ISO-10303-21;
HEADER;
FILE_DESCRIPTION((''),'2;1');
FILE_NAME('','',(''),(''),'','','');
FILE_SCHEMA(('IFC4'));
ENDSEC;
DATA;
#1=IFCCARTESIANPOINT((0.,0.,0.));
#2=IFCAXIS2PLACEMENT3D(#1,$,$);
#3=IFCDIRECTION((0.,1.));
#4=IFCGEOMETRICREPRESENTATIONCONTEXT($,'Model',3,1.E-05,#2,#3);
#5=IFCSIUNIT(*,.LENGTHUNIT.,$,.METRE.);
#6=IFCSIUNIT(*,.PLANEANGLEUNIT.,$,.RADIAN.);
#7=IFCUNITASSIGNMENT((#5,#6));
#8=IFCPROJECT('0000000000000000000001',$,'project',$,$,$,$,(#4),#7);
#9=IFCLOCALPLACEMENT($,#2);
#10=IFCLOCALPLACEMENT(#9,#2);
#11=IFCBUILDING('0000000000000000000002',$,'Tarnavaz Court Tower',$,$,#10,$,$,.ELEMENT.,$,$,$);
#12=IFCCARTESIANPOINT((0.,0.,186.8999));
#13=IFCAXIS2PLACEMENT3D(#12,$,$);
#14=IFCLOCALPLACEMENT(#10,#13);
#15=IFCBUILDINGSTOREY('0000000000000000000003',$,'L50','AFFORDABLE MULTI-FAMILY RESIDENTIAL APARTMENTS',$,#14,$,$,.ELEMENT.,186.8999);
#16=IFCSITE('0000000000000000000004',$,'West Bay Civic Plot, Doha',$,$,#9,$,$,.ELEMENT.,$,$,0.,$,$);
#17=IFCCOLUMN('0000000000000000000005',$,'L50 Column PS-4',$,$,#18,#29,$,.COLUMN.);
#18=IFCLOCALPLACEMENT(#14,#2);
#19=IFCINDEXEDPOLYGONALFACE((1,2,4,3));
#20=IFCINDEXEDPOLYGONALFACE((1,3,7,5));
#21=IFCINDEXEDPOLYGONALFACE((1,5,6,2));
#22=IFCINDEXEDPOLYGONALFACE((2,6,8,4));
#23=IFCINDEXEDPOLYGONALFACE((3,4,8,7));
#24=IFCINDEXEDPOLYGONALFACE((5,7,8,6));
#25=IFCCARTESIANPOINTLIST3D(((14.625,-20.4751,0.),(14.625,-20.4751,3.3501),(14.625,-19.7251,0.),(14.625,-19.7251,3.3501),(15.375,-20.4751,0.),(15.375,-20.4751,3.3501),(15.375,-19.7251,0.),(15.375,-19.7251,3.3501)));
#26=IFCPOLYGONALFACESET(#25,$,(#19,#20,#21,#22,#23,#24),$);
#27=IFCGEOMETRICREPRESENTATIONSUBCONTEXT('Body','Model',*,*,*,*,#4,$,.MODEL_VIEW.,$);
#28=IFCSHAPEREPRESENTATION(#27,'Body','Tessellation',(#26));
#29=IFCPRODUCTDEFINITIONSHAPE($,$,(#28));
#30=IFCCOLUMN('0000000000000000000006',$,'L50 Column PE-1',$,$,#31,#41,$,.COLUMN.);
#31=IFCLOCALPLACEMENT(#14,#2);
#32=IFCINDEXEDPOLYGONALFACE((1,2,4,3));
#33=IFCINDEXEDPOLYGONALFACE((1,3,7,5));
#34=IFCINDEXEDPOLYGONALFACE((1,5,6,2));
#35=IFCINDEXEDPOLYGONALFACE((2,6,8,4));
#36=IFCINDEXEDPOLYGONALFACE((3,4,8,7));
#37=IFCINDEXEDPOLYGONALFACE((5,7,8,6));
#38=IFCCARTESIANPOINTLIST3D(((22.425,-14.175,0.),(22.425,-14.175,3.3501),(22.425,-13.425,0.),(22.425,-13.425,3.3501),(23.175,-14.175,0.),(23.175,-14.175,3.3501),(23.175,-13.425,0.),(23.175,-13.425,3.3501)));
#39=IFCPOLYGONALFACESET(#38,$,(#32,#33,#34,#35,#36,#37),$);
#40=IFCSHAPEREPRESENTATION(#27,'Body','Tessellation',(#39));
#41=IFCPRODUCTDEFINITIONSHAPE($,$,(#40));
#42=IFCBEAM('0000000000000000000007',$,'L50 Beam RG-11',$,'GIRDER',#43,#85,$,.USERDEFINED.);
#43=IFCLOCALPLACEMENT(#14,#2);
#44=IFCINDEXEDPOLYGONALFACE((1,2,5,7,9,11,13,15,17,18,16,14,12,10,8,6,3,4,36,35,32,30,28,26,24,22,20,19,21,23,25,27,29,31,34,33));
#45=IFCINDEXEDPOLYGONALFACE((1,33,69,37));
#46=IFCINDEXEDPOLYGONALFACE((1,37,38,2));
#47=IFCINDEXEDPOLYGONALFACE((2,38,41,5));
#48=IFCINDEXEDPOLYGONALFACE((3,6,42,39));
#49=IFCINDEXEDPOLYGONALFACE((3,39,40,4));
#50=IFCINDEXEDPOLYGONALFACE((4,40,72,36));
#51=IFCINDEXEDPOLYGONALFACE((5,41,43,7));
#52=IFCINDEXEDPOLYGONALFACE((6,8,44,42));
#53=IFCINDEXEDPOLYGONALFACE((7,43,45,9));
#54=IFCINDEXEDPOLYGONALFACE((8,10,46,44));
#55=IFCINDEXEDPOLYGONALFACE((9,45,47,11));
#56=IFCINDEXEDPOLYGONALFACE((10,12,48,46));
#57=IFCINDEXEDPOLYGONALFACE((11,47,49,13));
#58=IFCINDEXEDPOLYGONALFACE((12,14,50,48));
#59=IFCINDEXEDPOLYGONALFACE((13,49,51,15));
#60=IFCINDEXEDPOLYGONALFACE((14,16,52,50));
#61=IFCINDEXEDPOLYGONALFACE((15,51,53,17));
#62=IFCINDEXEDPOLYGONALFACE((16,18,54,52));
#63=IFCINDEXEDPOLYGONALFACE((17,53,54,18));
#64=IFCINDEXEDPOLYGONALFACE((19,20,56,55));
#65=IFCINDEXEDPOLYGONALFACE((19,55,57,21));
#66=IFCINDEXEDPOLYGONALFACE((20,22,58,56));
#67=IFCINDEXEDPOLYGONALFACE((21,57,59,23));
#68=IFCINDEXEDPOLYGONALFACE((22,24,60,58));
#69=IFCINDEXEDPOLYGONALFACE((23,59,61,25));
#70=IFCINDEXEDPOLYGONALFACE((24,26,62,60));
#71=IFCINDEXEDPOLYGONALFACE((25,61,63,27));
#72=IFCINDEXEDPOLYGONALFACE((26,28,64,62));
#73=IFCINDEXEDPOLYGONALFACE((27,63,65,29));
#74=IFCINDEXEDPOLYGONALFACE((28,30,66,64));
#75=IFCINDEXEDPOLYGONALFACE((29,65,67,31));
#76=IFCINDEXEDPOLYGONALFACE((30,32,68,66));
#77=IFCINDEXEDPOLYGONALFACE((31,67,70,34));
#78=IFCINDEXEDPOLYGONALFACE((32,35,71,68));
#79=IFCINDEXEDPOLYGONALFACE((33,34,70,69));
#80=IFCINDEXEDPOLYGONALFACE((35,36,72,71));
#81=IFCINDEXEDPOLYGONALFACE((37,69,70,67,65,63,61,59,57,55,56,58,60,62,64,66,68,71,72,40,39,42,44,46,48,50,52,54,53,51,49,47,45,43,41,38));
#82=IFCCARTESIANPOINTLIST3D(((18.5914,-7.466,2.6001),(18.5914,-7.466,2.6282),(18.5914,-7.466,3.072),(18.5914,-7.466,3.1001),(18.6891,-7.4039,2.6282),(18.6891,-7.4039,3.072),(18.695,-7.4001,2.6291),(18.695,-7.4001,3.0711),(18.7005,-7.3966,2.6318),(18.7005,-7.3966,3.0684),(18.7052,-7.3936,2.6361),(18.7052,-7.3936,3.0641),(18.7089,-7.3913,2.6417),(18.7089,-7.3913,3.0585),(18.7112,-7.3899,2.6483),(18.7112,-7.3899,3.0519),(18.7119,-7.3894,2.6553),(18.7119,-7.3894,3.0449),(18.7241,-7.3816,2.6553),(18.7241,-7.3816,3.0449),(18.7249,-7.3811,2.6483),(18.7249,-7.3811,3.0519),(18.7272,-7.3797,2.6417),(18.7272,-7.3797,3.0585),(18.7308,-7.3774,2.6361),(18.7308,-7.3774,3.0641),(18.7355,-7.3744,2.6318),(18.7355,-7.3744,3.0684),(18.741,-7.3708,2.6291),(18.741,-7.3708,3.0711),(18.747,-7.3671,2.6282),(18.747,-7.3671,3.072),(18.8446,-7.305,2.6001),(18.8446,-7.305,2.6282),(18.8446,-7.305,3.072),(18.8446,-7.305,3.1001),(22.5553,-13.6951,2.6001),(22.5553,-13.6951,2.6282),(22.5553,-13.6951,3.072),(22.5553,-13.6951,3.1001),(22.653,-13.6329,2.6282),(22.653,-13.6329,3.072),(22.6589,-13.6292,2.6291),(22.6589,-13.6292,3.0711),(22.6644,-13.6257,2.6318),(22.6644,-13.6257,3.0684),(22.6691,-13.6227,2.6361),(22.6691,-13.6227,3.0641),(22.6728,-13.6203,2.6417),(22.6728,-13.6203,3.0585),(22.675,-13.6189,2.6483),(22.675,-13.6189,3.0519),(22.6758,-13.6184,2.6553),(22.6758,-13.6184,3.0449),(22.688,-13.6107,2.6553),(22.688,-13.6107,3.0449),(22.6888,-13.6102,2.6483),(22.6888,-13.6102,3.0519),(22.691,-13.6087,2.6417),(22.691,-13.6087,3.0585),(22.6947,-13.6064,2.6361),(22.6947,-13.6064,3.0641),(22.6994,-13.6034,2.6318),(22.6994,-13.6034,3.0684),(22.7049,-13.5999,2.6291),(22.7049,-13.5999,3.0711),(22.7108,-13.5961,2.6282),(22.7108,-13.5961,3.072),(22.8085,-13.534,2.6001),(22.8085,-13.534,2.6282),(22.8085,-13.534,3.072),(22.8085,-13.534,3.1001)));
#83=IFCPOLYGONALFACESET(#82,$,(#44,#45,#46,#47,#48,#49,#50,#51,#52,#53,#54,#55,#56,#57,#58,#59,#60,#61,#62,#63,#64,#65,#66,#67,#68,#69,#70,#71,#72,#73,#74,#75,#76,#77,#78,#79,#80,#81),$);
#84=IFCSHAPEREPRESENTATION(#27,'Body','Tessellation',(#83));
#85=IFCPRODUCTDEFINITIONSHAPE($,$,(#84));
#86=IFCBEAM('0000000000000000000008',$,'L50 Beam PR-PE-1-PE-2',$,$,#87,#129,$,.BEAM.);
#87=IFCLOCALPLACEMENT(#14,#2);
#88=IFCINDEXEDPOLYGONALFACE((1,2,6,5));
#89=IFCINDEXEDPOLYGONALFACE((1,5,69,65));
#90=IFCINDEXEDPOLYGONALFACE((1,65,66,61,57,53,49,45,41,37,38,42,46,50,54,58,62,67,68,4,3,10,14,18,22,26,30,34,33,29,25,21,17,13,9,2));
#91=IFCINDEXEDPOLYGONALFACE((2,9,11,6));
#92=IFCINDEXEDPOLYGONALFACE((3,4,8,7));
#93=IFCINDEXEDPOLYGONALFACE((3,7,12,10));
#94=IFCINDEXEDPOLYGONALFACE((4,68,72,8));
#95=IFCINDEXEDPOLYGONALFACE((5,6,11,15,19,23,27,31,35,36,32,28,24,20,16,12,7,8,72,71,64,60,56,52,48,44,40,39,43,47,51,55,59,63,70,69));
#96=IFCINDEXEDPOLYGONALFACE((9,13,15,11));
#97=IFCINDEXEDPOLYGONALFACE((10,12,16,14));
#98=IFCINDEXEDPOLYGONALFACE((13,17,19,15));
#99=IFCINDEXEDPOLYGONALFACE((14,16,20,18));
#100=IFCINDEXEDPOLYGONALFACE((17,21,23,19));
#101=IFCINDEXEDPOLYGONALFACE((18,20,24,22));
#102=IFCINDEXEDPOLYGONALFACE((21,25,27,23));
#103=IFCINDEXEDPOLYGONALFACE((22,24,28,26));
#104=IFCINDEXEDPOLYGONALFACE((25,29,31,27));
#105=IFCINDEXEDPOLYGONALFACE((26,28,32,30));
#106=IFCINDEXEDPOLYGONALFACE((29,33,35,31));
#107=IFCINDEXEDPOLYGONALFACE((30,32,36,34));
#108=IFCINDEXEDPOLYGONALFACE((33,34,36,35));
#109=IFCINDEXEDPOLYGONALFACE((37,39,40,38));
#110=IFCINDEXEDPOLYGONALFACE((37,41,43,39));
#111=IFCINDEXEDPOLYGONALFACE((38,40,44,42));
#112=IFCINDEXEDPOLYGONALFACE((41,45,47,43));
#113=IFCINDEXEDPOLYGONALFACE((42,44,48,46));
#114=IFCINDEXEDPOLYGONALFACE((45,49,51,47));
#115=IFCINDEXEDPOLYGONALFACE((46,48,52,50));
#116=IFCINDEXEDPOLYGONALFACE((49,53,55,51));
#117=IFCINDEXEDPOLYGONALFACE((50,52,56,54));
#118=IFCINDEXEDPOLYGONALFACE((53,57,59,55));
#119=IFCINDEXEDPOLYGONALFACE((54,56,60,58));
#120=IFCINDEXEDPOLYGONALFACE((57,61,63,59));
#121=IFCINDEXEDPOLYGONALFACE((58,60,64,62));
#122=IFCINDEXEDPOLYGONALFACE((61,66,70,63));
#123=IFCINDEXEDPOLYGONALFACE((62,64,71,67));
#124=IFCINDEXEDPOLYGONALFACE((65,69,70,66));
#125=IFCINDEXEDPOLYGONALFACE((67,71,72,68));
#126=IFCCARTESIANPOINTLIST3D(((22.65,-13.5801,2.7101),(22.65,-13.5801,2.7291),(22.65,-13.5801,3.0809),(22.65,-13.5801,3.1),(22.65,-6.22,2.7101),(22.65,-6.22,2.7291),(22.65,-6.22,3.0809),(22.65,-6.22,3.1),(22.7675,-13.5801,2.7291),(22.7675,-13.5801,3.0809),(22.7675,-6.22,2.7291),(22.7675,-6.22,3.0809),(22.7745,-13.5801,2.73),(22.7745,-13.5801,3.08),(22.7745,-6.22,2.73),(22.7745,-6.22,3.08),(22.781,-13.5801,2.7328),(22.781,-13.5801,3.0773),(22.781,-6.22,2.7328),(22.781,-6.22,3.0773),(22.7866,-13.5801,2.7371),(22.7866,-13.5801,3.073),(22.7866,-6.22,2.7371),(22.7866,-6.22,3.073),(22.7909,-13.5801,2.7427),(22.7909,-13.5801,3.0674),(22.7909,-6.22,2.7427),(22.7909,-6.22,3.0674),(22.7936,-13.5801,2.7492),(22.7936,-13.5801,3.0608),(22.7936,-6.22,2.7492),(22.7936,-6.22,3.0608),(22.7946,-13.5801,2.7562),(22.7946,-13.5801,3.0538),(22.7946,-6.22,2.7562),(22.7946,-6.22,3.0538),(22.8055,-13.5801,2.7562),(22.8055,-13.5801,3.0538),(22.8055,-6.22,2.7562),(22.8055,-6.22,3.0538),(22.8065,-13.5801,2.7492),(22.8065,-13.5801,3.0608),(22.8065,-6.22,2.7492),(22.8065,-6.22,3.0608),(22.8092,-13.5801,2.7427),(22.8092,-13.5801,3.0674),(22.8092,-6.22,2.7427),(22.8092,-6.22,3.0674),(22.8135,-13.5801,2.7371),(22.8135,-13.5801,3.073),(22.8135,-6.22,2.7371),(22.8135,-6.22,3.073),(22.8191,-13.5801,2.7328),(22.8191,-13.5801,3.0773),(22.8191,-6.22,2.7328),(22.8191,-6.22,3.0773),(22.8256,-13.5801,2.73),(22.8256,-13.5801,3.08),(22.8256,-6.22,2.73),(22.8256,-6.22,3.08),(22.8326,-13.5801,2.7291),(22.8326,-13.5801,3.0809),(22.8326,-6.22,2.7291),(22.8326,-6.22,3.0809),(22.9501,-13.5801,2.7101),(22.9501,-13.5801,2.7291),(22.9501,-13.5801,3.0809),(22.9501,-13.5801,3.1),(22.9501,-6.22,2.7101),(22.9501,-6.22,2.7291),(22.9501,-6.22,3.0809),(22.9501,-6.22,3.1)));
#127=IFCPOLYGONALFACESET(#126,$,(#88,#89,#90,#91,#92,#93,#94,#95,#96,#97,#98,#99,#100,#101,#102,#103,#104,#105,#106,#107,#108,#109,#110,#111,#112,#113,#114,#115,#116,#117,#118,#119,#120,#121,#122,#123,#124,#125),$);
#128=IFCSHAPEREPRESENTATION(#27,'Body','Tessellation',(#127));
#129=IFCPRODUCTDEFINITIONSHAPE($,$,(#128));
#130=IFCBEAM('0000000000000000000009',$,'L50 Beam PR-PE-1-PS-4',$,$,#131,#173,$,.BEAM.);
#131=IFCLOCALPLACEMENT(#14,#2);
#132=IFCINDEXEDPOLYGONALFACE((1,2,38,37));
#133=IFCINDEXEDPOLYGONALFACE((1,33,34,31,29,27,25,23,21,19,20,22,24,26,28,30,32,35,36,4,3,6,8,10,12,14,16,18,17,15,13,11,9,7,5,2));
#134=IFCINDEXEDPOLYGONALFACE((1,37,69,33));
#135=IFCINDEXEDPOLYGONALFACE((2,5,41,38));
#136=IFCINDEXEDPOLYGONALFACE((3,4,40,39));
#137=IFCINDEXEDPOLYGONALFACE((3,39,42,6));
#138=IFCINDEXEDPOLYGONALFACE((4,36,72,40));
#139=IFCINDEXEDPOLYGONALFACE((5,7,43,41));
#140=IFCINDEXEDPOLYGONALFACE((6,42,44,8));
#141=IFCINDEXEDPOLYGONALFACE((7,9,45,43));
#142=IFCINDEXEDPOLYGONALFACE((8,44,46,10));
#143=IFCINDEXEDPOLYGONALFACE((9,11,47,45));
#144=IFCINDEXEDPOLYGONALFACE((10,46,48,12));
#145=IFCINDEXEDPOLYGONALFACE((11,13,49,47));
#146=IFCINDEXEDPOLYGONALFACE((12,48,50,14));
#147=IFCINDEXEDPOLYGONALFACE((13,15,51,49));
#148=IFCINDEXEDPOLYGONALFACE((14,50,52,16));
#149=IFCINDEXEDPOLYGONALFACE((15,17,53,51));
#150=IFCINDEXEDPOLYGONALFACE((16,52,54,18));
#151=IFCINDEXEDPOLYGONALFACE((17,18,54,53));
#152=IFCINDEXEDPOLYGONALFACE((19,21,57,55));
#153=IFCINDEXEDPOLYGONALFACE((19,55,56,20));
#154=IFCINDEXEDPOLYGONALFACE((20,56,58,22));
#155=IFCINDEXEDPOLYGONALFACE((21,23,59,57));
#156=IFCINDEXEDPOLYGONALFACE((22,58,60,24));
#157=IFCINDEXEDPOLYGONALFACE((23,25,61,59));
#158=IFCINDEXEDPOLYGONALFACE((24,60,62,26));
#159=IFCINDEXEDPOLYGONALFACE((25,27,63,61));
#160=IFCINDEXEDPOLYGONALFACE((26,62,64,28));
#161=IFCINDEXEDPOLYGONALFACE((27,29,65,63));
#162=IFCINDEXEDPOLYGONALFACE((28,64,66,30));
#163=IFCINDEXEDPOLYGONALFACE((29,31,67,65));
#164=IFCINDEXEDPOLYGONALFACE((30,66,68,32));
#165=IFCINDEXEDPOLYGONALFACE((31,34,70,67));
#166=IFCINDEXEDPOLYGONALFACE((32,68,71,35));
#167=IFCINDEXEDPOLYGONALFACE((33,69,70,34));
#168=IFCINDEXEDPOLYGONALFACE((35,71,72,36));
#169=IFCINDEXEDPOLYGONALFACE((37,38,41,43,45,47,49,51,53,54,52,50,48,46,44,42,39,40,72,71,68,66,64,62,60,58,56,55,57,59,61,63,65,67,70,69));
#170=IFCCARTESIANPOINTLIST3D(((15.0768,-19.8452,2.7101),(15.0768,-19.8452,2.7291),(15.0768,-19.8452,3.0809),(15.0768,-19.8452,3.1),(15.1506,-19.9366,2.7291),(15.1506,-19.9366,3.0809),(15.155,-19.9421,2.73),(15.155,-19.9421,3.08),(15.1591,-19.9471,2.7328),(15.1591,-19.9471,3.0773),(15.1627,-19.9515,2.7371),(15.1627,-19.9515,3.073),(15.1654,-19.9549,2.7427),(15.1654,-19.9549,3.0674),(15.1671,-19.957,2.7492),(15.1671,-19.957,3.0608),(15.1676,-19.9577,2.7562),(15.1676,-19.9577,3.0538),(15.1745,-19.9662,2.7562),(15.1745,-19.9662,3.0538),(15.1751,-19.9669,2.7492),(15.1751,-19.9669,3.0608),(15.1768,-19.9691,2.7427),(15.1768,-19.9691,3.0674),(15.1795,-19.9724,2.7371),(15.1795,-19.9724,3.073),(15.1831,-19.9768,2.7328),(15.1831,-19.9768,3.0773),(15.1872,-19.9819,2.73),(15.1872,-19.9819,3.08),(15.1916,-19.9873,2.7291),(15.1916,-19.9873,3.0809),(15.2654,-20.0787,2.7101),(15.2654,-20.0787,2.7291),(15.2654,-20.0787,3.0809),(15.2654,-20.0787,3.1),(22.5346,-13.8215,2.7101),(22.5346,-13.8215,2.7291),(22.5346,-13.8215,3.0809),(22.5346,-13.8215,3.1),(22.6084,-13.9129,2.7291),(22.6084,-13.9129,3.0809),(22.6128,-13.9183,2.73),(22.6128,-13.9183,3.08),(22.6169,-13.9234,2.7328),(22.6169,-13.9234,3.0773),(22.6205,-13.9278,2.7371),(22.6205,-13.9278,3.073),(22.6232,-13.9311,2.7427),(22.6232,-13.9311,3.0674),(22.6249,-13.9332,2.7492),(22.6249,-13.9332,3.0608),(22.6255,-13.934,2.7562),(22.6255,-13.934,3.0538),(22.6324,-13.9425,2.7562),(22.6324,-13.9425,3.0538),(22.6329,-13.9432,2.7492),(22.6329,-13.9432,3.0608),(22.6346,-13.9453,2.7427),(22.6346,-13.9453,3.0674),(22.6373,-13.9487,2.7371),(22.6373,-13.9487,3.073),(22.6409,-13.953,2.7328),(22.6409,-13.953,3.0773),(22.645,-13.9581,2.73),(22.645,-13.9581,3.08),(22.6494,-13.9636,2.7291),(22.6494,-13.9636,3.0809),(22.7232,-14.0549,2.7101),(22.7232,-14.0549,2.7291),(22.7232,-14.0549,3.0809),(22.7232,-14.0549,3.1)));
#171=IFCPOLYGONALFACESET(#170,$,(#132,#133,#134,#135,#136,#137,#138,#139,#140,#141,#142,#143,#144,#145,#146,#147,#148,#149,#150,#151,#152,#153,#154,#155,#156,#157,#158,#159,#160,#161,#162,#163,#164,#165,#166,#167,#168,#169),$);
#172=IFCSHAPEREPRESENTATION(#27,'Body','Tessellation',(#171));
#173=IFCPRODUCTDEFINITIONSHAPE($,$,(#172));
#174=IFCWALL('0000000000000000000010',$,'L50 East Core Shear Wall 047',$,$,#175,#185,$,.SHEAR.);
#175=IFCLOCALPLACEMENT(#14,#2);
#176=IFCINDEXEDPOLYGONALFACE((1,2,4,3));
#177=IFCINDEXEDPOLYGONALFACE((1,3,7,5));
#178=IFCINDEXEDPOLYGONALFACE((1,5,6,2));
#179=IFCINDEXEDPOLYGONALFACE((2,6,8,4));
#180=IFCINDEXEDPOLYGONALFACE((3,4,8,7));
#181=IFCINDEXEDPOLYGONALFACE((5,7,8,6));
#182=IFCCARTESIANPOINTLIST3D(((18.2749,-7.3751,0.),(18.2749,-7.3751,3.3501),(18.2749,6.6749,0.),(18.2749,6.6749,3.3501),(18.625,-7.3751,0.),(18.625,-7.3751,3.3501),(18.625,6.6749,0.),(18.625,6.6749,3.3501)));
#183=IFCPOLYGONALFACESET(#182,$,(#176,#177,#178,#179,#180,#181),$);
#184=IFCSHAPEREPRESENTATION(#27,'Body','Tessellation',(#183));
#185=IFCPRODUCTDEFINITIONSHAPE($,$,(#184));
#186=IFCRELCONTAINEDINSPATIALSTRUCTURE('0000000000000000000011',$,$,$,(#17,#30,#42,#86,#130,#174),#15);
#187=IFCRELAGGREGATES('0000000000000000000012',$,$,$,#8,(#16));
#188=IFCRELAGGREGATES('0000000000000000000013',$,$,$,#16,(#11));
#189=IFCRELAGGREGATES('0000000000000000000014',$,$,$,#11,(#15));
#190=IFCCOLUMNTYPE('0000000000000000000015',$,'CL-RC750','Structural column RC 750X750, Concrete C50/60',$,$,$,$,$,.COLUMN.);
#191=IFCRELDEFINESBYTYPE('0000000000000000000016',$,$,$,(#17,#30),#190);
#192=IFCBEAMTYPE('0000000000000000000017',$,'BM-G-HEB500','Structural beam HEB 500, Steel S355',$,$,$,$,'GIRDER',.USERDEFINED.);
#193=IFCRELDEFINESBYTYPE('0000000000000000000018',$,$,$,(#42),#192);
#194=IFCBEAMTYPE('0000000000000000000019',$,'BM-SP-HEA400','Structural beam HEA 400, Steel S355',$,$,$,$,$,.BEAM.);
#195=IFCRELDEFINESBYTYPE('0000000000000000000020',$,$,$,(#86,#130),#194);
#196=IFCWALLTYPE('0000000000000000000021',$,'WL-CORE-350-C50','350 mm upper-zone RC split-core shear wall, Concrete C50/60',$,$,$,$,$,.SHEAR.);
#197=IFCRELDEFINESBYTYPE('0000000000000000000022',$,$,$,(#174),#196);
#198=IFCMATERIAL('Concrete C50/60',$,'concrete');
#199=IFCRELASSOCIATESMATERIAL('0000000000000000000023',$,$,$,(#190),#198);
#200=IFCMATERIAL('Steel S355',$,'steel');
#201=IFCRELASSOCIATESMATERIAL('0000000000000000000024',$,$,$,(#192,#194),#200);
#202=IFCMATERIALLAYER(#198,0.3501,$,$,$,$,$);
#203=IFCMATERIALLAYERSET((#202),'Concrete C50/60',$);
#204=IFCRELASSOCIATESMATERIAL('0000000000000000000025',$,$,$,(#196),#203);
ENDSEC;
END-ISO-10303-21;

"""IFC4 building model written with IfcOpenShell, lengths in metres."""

from ifc_helpers import new_model, si_unit, direction, frame, frame_2d, origin, origin_2d, place, context, subcontext, project, spatial, rectangle, i_section, extrude, material, layer, layer_set, material_profile, profile_set, type_object, element, save


model = new_model("IFC4")

# Units and contexts
model_context = context("Model", 3, precision=1e-05, world=origin(), true_north=direction((0.0, 1.0)))
body_context = subcontext(model_context, "Body", "Model", "MODEL_VIEW")
ifc_project = project(units=[si_unit("LENGTHUNIT", "METRE"), si_unit("PLANEANGLEUNIT", "RADIAN")], contexts=[model_context])

# Site, building, storey
site_placement = place(None, origin())
site = spatial("IfcSite", under=ifc_project, at=site_placement, Name="West Bay Civic Plot, Doha", CompositionType="ELEMENT", RefElevation=0.0)
building_placement = place(site_placement, origin())
building = spatial("IfcBuilding", under=site, at=building_placement, Name="Tarnavaz Court Tower", CompositionType="ELEMENT")
storey_placement = place(building_placement, frame((0.0, 0.0, 186.8999)))
storey = spatial("IfcBuildingStorey", under=building, at=storey_placement, Name="L50", Description="AFFORDABLE MULTI-FAMILY RESIDENTIAL APARTMENTS", CompositionType="ELEMENT", Elevation=186.8999)

# Columns
ifc_material_1 = material(Name="Concrete C50/60", Category="concrete")
ifc_material_profile_1 = material_profile(ifc_material_1, rectangle(XDim=0.75, YDim=0.75, at=origin_2d()), Name="RC 750X750")
ifc_profile_set_1 = profile_set([ifc_material_profile_1], Name="Concrete C50/60")
column_type = type_object("IfcColumnType", Name="CL-RC750", Description="Structural column RC 750X750, Concrete C50/60", PredefinedType="COLUMN", material=ifc_profile_set_1)
for number, where, z_axis, x_axis, name in (
    (1, (15.0, -20.1001, 0.0), (0.0, 0.0, 1.0), (1.0, 0.0, 0.0), "L50 Column PS-4"),
    (2, (22.8, -13.8, 0.0), (0.0, 0.0, 1.0), (1.0, 0.0, 0.0), "L50 Column PE-1"),
):
    element("IfcColumn", number, at=place(storey_placement, frame(where, z_axis=z_axis, x_axis=x_axis)), inside=storey, type_object=column_type, Name=name, PredefinedType="COLUMN", context=body_context, shape_type="SweptSolid", body=[
        extrude(rectangle(XDim=0.75, YDim=0.75, at=origin_2d()), origin(), (0.0, 0.0, 1.0), 3.3501),
    ])

# Beams
ifc_material_2 = material(Name="Steel S355", Category="steel")
ifc_material_profile_2 = material_profile(ifc_material_2, i_section(OverallWidth=0.3, OverallDepth=0.5, WebThickness=0.0144, FlangeThickness=0.0281, FilletRadius=0.0271, at=origin_2d()), Name="HEB 500")
ifc_profile_set_2 = profile_set([ifc_material_profile_2], Name="Steel S355")
beam_type_1 = type_object("IfcBeamType", Name="BM-G-HEB500", Description="Structural beam HEB 500, Steel S355", ElementType="GIRDER", PredefinedType="USERDEFINED", material=ifc_profile_set_2)
beam_1_placement = place(storey_placement, frame((18.718, -7.3855, 2.8501), z_axis=(0.536871, -0.843664, 0.0), x_axis=(0.843664, 0.536871, 0.0)))
element("IfcBeam", 3, at=beam_1_placement, inside=storey, type_object=beam_type_1, Name="L50 Beam RG-11", ObjectType="GIRDER", PredefinedType="USERDEFINED", context=body_context, shape_type="SweptSolid", body=[
    extrude(i_section(OverallWidth=0.3, OverallDepth=0.5, WebThickness=0.0144, FlangeThickness=0.0281, FilletRadius=0.0271, at=origin_2d()), origin(), (0.0, 0.0, 1.0), 7.3833),
])
ifc_material_profile_3 = material_profile(ifc_material_2, i_section(OverallWidth=0.3, OverallDepth=0.3899, WebThickness=0.011, FlangeThickness=0.019, FilletRadius=0.0271, at=origin_2d()), Name="HEA 400")
ifc_profile_set_3 = profile_set([ifc_material_profile_3], Name="Steel S355")
beam_type_2 = type_object("IfcBeamType", Name="BM-SP-HEA400", Description="Structural beam HEA 400, Steel S355", PredefinedType="BEAM", material=ifc_profile_set_3)
beam_2_placement = place(storey_placement, frame((22.8, -13.5801, 2.905), z_axis=(0.0, 1.0, 0.0), x_axis=(-1.0, 0.0, 0.0)))
element("IfcBeam", 4, at=beam_2_placement, inside=storey, type_object=beam_type_2, Name="L50 Beam PR-PE-1-PE-2", PredefinedType="BEAM", context=body_context, shape_type="SweptSolid", body=[
    extrude(i_section(OverallWidth=0.3, OverallDepth=0.3899, WebThickness=0.011, FlangeThickness=0.019, FilletRadius=0.0271, at=origin_2d()), origin(), (0.0, 0.0, 1.0), 7.3601),
])
beam_3_placement = place(storey_placement, frame((22.6289, -13.9382, 2.905), z_axis=(-0.777936, -0.628344, 0.0), x_axis=(0.628344, -0.777936, 0.0)))
element("IfcBeam", 5, at=beam_3_placement, inside=storey, type_object=beam_type_2, Name="L50 Beam PR-PE-1-PS-4", PredefinedType="BEAM", context=body_context, shape_type="SweptSolid", body=[
    extrude(i_section(OverallWidth=0.3, OverallDepth=0.3899, WebThickness=0.011, FlangeThickness=0.019, FilletRadius=0.0271, at=origin_2d()), origin(), (0.0, 0.0, 1.0), 9.5867),
])

# Wall
ifc_layer_1 = layer(ifc_material_1, 0.3501)
ifc_layer_set_1 = layer_set([ifc_layer_1], Name="Concrete C50/60")
wall_type_1 = type_object("IfcWallType", Name="WL-CORE-350-C50", Description="350 mm upper-zone RC split-core shear wall, Concrete C50/60", PredefinedType="SHEAR", material=ifc_layer_set_1)
wall_1_placement = place(storey_placement, frame((18.45, -7.375, 0.0), z_axis=(0.0, 0.0, 1.0), x_axis=(0.0, 1.0, 0.0)))
element("IfcWall", 6, at=wall_1_placement, inside=storey, type_object=wall_type_1, Name="L50 East Core Shear Wall 047", PredefinedType="SHEAR", context=body_context, shape_type="SweptSolid", body=[
    extrude(rectangle(XDim=14.05, YDim=0.3501, at=frame_2d((7.0249, 0.0))), origin(), (0.0, 0.0, 1.0), 3.3501),
])

save(model, "model.ifc")
